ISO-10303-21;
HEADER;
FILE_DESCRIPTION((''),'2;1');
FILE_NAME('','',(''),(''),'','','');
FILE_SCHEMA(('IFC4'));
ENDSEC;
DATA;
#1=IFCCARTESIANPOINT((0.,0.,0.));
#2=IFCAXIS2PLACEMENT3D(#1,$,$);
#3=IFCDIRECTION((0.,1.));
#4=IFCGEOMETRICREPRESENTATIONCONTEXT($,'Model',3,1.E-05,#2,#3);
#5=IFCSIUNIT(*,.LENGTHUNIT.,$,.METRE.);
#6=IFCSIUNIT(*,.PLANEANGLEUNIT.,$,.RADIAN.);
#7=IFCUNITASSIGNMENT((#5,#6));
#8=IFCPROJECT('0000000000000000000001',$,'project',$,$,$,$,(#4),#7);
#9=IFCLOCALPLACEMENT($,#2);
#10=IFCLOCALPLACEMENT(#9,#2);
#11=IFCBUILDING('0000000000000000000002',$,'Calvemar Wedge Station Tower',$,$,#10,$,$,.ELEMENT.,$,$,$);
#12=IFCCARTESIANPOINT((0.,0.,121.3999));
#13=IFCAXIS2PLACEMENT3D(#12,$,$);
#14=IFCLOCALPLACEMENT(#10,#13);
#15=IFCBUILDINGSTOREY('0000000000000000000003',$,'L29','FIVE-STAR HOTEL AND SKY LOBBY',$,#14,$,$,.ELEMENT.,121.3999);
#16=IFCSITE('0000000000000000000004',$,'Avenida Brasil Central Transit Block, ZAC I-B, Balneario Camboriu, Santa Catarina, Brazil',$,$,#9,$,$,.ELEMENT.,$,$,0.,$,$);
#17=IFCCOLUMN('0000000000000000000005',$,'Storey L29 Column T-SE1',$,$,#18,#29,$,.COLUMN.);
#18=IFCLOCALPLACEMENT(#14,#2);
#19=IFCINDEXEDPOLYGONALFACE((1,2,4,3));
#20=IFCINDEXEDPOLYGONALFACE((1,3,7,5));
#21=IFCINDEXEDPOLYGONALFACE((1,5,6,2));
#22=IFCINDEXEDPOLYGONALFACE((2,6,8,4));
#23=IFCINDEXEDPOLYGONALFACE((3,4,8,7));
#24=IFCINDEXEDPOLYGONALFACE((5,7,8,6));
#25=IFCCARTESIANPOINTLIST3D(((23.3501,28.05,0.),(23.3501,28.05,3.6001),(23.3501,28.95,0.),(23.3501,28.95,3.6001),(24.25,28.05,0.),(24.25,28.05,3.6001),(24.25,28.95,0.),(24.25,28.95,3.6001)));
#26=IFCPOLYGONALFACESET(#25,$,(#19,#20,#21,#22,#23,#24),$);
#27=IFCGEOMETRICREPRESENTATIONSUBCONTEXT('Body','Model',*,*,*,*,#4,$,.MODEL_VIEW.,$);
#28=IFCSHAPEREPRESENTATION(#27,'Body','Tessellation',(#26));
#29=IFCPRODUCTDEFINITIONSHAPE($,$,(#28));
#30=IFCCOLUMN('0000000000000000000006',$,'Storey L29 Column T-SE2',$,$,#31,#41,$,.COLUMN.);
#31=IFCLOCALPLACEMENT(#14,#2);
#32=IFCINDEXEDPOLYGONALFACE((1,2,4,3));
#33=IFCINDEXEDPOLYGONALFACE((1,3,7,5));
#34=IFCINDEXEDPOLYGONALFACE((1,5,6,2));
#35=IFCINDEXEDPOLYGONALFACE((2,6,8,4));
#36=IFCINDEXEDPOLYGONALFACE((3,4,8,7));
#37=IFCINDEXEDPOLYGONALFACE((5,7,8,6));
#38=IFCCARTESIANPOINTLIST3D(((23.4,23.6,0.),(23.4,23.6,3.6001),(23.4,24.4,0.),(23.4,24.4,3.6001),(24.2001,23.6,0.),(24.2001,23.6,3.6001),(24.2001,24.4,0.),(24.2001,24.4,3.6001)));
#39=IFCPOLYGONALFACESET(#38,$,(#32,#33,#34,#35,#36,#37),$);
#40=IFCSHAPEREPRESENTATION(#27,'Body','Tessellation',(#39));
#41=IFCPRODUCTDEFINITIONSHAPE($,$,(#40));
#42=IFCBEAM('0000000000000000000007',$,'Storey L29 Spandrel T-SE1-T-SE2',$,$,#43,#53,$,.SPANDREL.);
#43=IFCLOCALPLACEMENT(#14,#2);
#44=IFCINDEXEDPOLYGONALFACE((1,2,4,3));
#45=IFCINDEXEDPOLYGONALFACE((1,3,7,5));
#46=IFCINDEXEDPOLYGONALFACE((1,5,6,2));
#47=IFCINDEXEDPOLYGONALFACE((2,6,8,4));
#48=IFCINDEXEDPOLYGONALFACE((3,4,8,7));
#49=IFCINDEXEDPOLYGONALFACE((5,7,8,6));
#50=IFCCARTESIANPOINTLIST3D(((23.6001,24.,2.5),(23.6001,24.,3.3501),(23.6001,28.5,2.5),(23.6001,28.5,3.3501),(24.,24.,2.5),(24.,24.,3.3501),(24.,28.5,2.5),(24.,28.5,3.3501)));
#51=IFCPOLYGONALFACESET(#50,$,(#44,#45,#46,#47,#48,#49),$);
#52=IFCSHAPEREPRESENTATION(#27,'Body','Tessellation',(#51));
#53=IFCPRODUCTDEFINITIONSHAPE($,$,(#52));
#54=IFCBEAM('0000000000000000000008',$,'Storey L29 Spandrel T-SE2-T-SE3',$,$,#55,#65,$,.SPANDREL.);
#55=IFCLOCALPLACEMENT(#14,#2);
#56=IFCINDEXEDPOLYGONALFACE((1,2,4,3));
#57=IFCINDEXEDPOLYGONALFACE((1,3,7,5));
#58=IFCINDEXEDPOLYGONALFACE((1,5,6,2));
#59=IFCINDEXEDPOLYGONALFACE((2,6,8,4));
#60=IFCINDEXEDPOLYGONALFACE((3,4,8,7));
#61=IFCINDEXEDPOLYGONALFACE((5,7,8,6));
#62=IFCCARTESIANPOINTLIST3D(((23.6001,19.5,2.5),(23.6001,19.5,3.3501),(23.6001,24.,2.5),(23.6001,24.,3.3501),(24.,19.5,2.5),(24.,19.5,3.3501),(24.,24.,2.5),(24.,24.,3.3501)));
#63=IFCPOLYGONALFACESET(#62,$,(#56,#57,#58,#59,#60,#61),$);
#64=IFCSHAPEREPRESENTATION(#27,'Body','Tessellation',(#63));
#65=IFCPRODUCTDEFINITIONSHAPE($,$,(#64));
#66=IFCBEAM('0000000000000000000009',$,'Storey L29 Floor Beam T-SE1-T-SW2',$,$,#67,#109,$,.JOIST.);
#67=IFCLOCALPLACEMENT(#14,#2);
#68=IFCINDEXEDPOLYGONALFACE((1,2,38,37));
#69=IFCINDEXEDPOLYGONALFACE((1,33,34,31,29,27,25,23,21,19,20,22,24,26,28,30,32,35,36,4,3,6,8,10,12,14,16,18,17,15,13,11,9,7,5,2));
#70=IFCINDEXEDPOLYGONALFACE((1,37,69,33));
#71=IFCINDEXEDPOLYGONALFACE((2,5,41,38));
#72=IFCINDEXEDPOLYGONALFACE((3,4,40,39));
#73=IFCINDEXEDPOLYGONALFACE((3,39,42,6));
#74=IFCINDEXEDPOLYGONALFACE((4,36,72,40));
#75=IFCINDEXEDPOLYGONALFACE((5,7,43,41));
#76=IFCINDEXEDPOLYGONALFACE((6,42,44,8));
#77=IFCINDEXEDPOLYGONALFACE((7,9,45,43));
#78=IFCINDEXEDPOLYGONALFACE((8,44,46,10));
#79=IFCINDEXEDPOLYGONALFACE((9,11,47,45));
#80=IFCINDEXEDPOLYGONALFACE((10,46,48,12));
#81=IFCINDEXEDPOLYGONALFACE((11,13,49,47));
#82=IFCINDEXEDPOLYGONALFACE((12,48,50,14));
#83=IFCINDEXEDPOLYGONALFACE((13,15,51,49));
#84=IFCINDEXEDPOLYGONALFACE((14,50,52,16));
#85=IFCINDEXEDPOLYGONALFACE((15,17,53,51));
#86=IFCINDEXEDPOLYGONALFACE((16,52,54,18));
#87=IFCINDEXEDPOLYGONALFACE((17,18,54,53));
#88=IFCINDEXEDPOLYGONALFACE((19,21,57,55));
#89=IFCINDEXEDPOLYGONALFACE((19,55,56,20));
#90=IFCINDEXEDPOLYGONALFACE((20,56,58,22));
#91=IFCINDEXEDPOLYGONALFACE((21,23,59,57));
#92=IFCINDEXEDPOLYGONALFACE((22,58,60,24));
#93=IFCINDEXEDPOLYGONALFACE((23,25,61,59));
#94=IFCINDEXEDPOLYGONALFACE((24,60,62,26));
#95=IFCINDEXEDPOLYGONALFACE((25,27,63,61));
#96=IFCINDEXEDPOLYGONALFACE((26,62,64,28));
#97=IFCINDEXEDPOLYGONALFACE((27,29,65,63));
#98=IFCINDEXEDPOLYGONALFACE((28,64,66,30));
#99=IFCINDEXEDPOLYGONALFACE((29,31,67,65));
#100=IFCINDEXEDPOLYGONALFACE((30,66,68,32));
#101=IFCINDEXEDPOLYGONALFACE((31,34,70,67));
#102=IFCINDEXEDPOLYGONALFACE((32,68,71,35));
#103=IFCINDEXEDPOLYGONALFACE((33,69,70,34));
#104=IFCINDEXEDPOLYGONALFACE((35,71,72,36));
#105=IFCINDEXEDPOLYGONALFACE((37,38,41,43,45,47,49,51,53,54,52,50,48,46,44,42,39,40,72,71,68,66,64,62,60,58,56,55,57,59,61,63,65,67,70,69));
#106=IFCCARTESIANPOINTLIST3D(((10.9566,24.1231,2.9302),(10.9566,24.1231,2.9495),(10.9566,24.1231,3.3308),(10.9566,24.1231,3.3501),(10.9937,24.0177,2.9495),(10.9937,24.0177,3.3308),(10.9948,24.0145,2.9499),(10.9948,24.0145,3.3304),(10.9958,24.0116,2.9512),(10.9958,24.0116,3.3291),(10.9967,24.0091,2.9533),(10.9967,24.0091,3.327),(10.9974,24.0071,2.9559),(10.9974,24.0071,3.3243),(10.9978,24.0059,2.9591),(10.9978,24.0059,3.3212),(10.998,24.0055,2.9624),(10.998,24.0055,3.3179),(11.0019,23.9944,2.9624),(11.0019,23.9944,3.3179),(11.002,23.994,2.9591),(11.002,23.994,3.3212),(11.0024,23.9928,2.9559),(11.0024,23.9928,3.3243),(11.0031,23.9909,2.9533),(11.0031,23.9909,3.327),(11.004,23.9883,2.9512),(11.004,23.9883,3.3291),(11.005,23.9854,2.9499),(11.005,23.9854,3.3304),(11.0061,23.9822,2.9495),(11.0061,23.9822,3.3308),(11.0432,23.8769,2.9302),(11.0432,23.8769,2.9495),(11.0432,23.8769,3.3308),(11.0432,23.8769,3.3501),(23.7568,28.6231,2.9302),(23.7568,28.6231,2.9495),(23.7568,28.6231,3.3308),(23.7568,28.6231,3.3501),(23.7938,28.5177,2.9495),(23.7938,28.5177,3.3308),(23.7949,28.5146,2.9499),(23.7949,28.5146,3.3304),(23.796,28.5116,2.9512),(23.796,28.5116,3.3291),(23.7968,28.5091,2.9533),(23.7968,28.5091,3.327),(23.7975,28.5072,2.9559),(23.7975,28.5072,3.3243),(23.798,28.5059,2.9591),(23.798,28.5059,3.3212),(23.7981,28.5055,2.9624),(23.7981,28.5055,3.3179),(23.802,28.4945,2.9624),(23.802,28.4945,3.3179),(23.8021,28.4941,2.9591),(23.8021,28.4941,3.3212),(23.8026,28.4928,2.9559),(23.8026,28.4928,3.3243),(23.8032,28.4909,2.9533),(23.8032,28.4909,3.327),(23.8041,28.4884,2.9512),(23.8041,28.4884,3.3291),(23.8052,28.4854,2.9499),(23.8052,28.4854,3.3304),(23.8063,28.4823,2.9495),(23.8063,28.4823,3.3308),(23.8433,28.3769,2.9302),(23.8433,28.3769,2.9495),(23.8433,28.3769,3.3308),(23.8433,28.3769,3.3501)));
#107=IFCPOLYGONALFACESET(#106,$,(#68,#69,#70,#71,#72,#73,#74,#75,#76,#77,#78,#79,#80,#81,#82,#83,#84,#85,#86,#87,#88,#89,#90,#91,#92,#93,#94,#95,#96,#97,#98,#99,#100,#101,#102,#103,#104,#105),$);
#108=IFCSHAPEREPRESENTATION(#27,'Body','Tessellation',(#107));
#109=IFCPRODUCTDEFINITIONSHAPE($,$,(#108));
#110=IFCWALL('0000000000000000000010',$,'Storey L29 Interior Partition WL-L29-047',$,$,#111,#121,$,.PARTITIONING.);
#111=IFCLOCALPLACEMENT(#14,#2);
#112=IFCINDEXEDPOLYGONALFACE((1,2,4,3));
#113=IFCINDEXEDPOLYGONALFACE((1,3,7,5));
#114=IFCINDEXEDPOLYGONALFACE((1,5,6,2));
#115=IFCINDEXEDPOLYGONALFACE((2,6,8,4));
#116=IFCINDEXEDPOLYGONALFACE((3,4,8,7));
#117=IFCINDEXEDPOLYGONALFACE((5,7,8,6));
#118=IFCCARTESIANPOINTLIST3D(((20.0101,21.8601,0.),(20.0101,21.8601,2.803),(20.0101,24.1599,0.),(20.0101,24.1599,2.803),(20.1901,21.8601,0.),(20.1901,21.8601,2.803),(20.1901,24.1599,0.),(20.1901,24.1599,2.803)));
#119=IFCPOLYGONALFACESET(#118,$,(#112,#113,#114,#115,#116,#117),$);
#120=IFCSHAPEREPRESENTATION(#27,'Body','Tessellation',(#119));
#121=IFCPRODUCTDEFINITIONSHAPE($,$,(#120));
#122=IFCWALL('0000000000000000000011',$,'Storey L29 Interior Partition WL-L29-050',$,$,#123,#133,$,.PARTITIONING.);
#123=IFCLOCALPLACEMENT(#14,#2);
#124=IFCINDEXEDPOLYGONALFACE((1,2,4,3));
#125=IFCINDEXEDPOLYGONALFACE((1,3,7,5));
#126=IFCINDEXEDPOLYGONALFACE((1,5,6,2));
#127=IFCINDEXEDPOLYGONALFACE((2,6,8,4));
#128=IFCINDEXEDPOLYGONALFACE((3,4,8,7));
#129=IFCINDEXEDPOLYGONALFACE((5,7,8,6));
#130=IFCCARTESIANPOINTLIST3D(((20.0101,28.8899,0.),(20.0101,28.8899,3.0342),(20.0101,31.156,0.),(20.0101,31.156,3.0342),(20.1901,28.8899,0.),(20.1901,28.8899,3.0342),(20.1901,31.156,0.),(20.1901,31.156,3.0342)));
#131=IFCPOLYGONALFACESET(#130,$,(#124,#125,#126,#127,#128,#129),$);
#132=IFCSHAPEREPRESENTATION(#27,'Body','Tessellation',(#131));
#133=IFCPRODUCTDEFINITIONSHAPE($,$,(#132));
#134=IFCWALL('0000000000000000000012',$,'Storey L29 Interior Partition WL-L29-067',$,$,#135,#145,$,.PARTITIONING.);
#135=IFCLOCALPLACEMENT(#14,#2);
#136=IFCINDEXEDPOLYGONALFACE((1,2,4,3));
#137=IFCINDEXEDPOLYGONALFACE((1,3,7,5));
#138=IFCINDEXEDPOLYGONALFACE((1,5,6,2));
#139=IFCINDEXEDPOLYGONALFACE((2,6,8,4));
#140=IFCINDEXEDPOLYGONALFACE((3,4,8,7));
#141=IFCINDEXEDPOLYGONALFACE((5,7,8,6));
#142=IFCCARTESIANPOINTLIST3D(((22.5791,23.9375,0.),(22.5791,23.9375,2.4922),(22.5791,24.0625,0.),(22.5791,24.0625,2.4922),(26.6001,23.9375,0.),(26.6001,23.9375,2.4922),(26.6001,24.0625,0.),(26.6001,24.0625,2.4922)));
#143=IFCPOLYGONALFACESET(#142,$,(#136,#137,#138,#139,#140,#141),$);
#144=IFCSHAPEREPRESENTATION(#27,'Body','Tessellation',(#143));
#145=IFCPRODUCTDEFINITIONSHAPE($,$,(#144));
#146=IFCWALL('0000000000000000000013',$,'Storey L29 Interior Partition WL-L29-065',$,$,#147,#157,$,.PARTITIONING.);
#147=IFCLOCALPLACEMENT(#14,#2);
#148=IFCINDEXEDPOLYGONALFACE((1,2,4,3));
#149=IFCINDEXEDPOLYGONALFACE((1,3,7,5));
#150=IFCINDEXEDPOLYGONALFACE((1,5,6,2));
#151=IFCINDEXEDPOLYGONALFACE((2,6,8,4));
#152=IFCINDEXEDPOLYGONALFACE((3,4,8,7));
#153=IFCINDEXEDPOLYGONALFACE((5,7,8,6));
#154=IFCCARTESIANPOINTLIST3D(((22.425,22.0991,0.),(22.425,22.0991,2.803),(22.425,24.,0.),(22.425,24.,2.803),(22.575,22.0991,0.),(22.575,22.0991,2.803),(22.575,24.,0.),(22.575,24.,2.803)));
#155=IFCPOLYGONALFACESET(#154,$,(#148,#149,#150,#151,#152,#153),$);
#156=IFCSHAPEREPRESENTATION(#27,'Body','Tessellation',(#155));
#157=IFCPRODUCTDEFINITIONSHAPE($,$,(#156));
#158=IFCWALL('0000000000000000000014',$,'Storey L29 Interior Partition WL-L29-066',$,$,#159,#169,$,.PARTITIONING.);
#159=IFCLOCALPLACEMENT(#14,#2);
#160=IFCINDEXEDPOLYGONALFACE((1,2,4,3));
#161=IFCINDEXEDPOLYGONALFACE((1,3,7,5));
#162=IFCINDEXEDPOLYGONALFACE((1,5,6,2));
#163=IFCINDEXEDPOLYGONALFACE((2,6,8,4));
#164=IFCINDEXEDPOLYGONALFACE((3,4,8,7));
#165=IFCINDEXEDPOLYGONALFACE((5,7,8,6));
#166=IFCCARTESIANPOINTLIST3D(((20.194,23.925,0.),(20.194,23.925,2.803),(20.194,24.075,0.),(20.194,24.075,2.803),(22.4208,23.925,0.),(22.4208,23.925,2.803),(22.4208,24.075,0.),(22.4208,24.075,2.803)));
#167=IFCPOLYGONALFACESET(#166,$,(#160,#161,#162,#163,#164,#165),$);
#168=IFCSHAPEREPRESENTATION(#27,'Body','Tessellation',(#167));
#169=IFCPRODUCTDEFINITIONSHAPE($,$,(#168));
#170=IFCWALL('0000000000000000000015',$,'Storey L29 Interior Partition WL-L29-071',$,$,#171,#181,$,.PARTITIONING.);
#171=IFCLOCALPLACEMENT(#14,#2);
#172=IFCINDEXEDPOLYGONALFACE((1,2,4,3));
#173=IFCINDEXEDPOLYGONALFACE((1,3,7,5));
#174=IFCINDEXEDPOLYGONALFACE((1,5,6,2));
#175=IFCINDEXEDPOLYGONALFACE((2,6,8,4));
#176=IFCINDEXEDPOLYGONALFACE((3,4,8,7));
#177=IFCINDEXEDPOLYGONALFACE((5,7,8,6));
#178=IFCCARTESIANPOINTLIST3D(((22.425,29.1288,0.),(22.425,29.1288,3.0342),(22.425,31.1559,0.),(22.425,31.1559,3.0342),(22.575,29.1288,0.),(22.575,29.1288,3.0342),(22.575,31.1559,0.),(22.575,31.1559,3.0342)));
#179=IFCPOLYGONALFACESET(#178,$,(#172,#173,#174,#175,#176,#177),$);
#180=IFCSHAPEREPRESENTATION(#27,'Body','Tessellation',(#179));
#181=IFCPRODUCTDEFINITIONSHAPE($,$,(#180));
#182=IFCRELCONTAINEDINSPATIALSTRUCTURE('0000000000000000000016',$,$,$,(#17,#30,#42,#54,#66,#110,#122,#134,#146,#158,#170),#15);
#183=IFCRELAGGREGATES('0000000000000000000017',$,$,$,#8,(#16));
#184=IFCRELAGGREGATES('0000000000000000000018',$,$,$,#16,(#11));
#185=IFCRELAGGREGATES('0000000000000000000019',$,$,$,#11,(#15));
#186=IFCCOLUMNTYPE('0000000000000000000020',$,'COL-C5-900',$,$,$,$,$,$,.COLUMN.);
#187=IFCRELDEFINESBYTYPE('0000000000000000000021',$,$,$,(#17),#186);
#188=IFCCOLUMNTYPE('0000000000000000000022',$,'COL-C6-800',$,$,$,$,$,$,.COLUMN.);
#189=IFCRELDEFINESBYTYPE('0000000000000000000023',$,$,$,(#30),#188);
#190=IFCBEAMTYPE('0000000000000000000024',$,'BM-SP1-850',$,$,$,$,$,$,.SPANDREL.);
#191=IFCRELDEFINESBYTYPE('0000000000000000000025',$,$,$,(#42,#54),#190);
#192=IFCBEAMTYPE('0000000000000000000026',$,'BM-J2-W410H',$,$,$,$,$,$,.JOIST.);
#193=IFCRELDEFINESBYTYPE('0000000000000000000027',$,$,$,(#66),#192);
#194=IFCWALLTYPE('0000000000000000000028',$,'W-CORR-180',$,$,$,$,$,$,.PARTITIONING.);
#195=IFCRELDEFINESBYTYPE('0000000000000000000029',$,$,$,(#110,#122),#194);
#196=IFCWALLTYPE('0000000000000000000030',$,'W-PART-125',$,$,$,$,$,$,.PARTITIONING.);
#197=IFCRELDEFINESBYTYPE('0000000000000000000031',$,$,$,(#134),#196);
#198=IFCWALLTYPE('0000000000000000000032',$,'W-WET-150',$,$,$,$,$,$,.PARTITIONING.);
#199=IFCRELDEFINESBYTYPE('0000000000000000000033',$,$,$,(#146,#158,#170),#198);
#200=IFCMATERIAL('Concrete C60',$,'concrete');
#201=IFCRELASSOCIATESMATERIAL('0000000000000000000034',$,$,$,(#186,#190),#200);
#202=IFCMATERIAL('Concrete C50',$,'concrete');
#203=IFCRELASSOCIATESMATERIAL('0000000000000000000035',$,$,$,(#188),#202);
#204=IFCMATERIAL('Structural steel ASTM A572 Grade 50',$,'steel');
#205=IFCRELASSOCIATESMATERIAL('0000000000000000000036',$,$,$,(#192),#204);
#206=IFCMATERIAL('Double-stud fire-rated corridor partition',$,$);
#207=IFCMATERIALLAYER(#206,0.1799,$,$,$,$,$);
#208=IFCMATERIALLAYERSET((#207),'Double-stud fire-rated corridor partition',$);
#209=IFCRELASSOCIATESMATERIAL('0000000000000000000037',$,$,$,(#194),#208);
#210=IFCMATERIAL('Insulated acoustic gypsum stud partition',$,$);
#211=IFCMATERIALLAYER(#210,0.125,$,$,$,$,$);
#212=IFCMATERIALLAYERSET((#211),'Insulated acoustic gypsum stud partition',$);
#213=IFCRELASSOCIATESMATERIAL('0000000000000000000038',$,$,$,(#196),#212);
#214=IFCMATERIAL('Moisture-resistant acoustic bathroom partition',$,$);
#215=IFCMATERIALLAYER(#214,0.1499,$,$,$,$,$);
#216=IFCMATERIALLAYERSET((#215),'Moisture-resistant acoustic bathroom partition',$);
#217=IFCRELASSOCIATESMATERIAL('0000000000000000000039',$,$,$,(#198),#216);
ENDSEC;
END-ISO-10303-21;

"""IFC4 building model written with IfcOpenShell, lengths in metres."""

from ifc_helpers import new_model, si_unit, direction, frame, frame_2d, origin, origin_2d, place, context, subcontext, project, spatial, rectangle, i_section, extrude, source, transform, mapped, material, layer, layer_set, material_profile, profile_set, type_object, element, save


model = new_model("IFC4")

# Units and contexts
model_context = context("Model", 3, precision=1e-05, world=origin(), true_north=direction((0.0, 1.0)))
body_context = subcontext(model_context, "Body", "Model", "MODEL_VIEW")
ifc_project = project(units=[si_unit("LENGTHUNIT", "METRE"), si_unit("PLANEANGLEUNIT", "RADIAN")], contexts=[model_context])

# Site, building, storey
site_placement = place(None, origin())
site = spatial("IfcSite", under=ifc_project, at=site_placement, Name="Avenida Brasil Central Transit Block, ZAC I-B, Balneario Camboriu, Santa Catarina, Brazil", CompositionType="ELEMENT", RefElevation=0.0)
building_placement = place(site_placement, origin())
building = spatial("IfcBuilding", under=site, at=building_placement, Name="Calvemar Wedge Station Tower", CompositionType="ELEMENT")
storey_placement = place(building_placement, frame((0.0, 0.0, 121.3999)))
storey = spatial("IfcBuildingStorey", under=building, at=storey_placement, Name="L29", Description="FIVE-STAR HOTEL AND SKY LOBBY", CompositionType="ELEMENT", Elevation=121.3999)

# Columns
ifc_material_1 = material(Name="Concrete C60", Category="concrete")
ifc_material_profile_1 = material_profile(ifc_material_1, rectangle(XDim=0.8999, YDim=0.8999, at=origin_2d()), Name="RC900x900")
ifc_profile_set_1 = profile_set([ifc_material_profile_1], Name="Concrete C60")
column_type_1 = type_object("IfcColumnType", Name="COL-C5-900", PredefinedType="COLUMN", material=ifc_profile_set_1)
shared_shape_1 = source(origin(), body_context, "Body", "SweptSolid", [
    extrude(rectangle(XDim=0.8999, YDim=0.8999, at=origin_2d()), origin(), (0.0, 0.0, 1.0), 3.6001),
])
column_1_placement = place(storey_placement, frame((23.8, 28.5, 0.0), z_axis=(0.0, 0.0, 1.0), x_axis=(1.0, 0.0, 0.0)))
element("IfcColumn", 1, at=column_1_placement, inside=storey, type_object=column_type_1, Name="Storey L29 Column T-SE1", PredefinedType="COLUMN", context=body_context, shape_type="MappedRepresentation", body=[
    mapped(shared_shape_1, transform((0.0, 0.0, 0.0), scale=1.0)),
])
ifc_material_2 = material(Name="Concrete C50", Category="concrete")
ifc_material_profile_2 = material_profile(ifc_material_2, rectangle(XDim=0.8, YDim=0.8, at=origin_2d()), Name="RC800x800")
ifc_profile_set_2 = profile_set([ifc_material_profile_2], Name="Concrete C50")
column_type_2 = type_object("IfcColumnType", Name="COL-C6-800", PredefinedType="COLUMN", material=ifc_profile_set_2)
shared_shape_2 = source(origin(), body_context, "Body", "SweptSolid", [
    extrude(rectangle(XDim=0.8, YDim=0.8, at=origin_2d()), origin(), (0.0, 0.0, 1.0), 3.6001),
])
column_2_placement = place(storey_placement, frame((23.8, 24.0, 0.0), z_axis=(0.0, 0.0, 1.0), x_axis=(1.0, 0.0, 0.0)))
element("IfcColumn", 2, at=column_2_placement, inside=storey, type_object=column_type_2, Name="Storey L29 Column T-SE2", PredefinedType="COLUMN", context=body_context, shape_type="MappedRepresentation", body=[
    mapped(shared_shape_2, transform((0.0, 0.0, 0.0), scale=1.0)),
])

# Beams
ifc_material_profile_3 = material_profile(ifc_material_1, rectangle(XDim=0.3999, YDim=0.8501, at=origin_2d()), Name="RC400x850")
ifc_profile_set_3 = profile_set([ifc_material_profile_3], Name="Concrete C60")
beam_type_1 = type_object("IfcBeamType", Name="BM-SP1-850", PredefinedType="SPANDREL", material=ifc_profile_set_3)
shared_shape_3 = source(origin(), body_context, "Body", "SweptSolid", [
    extrude(rectangle(XDim=0.3999, YDim=0.8501, at=origin_2d()), origin(), (0.0, 0.0, 1.0), 4.5),
])
for number, where, z_axis, x_axis, name in (
    (3, (23.8, 28.5, 2.925), (0.0, -1.0, 0.0), (1.0, 0.0, 0.0), "Storey L29 Spandrel T-SE1-T-SE2"),
    (4, (23.8, 24.0, 2.925), (0.0, -1.0, 0.0), (1.0, 0.0, 0.0), "Storey L29 Spandrel T-SE2-T-SE3"),
):
    element("IfcBeam", number, at=place(storey_placement, frame(where, z_axis=z_axis, x_axis=x_axis)), inside=storey, type_object=beam_type_1, Name=name, PredefinedType="SPANDREL", context=body_context, shape_type="MappedRepresentation", body=[
        mapped(shared_shape_3, transform((0.0, 0.0, 0.0), scale=1.0)),
    ])
ifc_material_3 = material(Name="Structural steel ASTM A572 Grade 50", Category="steel")
ifc_material_profile_4 = material_profile(ifc_material_3, i_section(OverallWidth=0.261, OverallDepth=0.4199, WebThickness=0.0117, FlangeThickness=0.0193, FilletRadius=0.0129, at=origin_2d()), Name="W410x114")
ifc_profile_set_4 = profile_set([ifc_material_profile_4], Name="Structural steel ASTM A572 Grade 50")
beam_type_2 = type_object("IfcBeamType", Name="BM-J2-W410H", PredefinedType="JOIST", material=ifc_profile_set_4)
shared_shape_4 = source(origin(), body_context, "Body", "SweptSolid", [
    extrude(i_section(OverallWidth=0.261, OverallDepth=0.4199, WebThickness=0.0117, FlangeThickness=0.0193, FilletRadius=0.0129, at=origin_2d()), origin(), (0.0, 0.0, 1.0), 13.5681),
])
beam_placement = place(storey_placement, frame((23.8, 28.5, 3.1401), z_axis=(-0.943398, -0.331662, 0.0), x_axis=(0.331662, -0.943398, 0.0)))
element("IfcBeam", 5, at=beam_placement, inside=storey, type_object=beam_type_2, Name="Storey L29 Floor Beam T-SE1-T-SW2", PredefinedType="JOIST", context=body_context, shape_type="MappedRepresentation", body=[
    mapped(shared_shape_4, transform((0.0, 0.0, 0.0), scale=1.0)),
])

# Wall
ifc_material_4 = material(Name="Double-stud fire-rated corridor partition")
ifc_layer_1 = layer(ifc_material_4, 0.1799)
ifc_layer_set_1 = layer_set([ifc_layer_1], Name="Double-stud fire-rated corridor partition")
wall_type_1 = type_object("IfcWallType", Name="W-CORR-180", PredefinedType="PARTITIONING", material=ifc_layer_set_1)
wall_1_placement = place(storey_placement, frame((20.1001, 24.1599, 0.0), z_axis=(0.0, 0.0, 1.0), x_axis=(0.0, -1.0, 0.0)))
element("IfcWall", 6, at=wall_1_placement, inside=storey, type_object=wall_type_1, Name="Storey L29 Interior Partition WL-L29-047", PredefinedType="PARTITIONING", context=body_context, shape_type="SweptSolid", body=[
    extrude(rectangle(XDim=2.2998, YDim=0.1799, at=frame_2d((1.1499, 0.0))), origin(), (0.0, 0.0, 1.0), 2.803),
])

# Wall
wall_2_placement = place(storey_placement, frame((20.1001, 31.156, 0.0), z_axis=(0.0, 0.0, 1.0), x_axis=(0.0, -1.0, 0.0)))
element("IfcWall", 7, at=wall_2_placement, inside=storey, type_object=wall_type_1, Name="Storey L29 Interior Partition WL-L29-050", PredefinedType="PARTITIONING", context=body_context, shape_type="SweptSolid", body=[
    extrude(rectangle(XDim=2.2661, YDim=0.1799, at=frame_2d((1.1331, 0.0))), origin(), (0.0, 0.0, 1.0), 3.0342),
])

# Wall
ifc_material_5 = material(Name="Insulated acoustic gypsum stud partition")
ifc_layer_2 = layer(ifc_material_5, 0.125)
ifc_layer_set_2 = layer_set([ifc_layer_2], Name="Insulated acoustic gypsum stud partition")
wall_type_2 = type_object("IfcWallType", Name="W-PART-125", PredefinedType="PARTITIONING", material=ifc_layer_set_2)
wall_3_placement = place(storey_placement, frame((22.5791, 24.0, 0.0), z_axis=(0.0, 0.0, 1.0), x_axis=(1.0, 0.0, 0.0)))
element("IfcWall", 8, at=wall_3_placement, inside=storey, type_object=wall_type_2, Name="Storey L29 Interior Partition WL-L29-067", PredefinedType="PARTITIONING", context=body_context, shape_type="SweptSolid", body=[
    extrude(rectangle(XDim=4.021, YDim=0.125, at=frame_2d((2.0105, 0.0))), origin(), (0.0, 0.0, 1.0), 2.4922),
])

# Shared definitions
ifc_material_6 = material(Name="Moisture-resistant acoustic bathroom partition")
ifc_layer_3 = layer(ifc_material_6, 0.1499)
ifc_layer_set_3 = layer_set([ifc_layer_3], Name="Moisture-resistant acoustic bathroom partition")
wall_type_3 = type_object("IfcWallType", Name="W-WET-150", PredefinedType="PARTITIONING", material=ifc_layer_set_3)

# Walls
wall_4_placement = place(storey_placement, frame((22.5, 24.0, 0.0), z_axis=(0.0, 0.0, 1.0), x_axis=(0.0, -1.0, 0.0)))
element("IfcWall", 9, at=wall_4_placement, inside=storey, type_object=wall_type_3, Name="Storey L29 Interior Partition WL-L29-065", PredefinedType="PARTITIONING", context=body_context, shape_type="SweptSolid", body=[
    extrude(rectangle(XDim=1.9009, YDim=0.1499, at=frame_2d((0.9504, 0.0))), origin(), (0.0, 0.0, 1.0), 2.803),
])
wall_5_placement = place(storey_placement, frame((20.1941, 24.0, 0.0), z_axis=(0.0, 0.0, 1.0), x_axis=(1.0, 0.0, 0.0)))
element("IfcWall", 10, at=wall_5_placement, inside=storey, type_object=wall_type_3, Name="Storey L29 Interior Partition WL-L29-066", PredefinedType="PARTITIONING", context=body_context, shape_type="SweptSolid", body=[
    extrude(rectangle(XDim=2.2268, YDim=0.1499, at=frame_2d((1.1133, 0.0))), origin(), (0.0, 0.0, 1.0), 2.803),
])

# Wall
wall_6_placement = place(storey_placement, frame((22.5, 31.156, 0.0), z_axis=(0.0, 0.0, 1.0), x_axis=(0.0, -1.0, 0.0)))
element("IfcWall", 11, at=wall_6_placement, inside=storey, type_object=wall_type_3, Name="Storey L29 Interior Partition WL-L29-071", PredefinedType="PARTITIONING", context=body_context, shape_type="SweptSolid", body=[
    extrude(rectangle(XDim=2.0271, YDim=0.1499, at=frame_2d((1.0137, 0.0))), origin(), (0.0, 0.0, 1.0), 3.0342),
])

save(model, "model.ifc")
